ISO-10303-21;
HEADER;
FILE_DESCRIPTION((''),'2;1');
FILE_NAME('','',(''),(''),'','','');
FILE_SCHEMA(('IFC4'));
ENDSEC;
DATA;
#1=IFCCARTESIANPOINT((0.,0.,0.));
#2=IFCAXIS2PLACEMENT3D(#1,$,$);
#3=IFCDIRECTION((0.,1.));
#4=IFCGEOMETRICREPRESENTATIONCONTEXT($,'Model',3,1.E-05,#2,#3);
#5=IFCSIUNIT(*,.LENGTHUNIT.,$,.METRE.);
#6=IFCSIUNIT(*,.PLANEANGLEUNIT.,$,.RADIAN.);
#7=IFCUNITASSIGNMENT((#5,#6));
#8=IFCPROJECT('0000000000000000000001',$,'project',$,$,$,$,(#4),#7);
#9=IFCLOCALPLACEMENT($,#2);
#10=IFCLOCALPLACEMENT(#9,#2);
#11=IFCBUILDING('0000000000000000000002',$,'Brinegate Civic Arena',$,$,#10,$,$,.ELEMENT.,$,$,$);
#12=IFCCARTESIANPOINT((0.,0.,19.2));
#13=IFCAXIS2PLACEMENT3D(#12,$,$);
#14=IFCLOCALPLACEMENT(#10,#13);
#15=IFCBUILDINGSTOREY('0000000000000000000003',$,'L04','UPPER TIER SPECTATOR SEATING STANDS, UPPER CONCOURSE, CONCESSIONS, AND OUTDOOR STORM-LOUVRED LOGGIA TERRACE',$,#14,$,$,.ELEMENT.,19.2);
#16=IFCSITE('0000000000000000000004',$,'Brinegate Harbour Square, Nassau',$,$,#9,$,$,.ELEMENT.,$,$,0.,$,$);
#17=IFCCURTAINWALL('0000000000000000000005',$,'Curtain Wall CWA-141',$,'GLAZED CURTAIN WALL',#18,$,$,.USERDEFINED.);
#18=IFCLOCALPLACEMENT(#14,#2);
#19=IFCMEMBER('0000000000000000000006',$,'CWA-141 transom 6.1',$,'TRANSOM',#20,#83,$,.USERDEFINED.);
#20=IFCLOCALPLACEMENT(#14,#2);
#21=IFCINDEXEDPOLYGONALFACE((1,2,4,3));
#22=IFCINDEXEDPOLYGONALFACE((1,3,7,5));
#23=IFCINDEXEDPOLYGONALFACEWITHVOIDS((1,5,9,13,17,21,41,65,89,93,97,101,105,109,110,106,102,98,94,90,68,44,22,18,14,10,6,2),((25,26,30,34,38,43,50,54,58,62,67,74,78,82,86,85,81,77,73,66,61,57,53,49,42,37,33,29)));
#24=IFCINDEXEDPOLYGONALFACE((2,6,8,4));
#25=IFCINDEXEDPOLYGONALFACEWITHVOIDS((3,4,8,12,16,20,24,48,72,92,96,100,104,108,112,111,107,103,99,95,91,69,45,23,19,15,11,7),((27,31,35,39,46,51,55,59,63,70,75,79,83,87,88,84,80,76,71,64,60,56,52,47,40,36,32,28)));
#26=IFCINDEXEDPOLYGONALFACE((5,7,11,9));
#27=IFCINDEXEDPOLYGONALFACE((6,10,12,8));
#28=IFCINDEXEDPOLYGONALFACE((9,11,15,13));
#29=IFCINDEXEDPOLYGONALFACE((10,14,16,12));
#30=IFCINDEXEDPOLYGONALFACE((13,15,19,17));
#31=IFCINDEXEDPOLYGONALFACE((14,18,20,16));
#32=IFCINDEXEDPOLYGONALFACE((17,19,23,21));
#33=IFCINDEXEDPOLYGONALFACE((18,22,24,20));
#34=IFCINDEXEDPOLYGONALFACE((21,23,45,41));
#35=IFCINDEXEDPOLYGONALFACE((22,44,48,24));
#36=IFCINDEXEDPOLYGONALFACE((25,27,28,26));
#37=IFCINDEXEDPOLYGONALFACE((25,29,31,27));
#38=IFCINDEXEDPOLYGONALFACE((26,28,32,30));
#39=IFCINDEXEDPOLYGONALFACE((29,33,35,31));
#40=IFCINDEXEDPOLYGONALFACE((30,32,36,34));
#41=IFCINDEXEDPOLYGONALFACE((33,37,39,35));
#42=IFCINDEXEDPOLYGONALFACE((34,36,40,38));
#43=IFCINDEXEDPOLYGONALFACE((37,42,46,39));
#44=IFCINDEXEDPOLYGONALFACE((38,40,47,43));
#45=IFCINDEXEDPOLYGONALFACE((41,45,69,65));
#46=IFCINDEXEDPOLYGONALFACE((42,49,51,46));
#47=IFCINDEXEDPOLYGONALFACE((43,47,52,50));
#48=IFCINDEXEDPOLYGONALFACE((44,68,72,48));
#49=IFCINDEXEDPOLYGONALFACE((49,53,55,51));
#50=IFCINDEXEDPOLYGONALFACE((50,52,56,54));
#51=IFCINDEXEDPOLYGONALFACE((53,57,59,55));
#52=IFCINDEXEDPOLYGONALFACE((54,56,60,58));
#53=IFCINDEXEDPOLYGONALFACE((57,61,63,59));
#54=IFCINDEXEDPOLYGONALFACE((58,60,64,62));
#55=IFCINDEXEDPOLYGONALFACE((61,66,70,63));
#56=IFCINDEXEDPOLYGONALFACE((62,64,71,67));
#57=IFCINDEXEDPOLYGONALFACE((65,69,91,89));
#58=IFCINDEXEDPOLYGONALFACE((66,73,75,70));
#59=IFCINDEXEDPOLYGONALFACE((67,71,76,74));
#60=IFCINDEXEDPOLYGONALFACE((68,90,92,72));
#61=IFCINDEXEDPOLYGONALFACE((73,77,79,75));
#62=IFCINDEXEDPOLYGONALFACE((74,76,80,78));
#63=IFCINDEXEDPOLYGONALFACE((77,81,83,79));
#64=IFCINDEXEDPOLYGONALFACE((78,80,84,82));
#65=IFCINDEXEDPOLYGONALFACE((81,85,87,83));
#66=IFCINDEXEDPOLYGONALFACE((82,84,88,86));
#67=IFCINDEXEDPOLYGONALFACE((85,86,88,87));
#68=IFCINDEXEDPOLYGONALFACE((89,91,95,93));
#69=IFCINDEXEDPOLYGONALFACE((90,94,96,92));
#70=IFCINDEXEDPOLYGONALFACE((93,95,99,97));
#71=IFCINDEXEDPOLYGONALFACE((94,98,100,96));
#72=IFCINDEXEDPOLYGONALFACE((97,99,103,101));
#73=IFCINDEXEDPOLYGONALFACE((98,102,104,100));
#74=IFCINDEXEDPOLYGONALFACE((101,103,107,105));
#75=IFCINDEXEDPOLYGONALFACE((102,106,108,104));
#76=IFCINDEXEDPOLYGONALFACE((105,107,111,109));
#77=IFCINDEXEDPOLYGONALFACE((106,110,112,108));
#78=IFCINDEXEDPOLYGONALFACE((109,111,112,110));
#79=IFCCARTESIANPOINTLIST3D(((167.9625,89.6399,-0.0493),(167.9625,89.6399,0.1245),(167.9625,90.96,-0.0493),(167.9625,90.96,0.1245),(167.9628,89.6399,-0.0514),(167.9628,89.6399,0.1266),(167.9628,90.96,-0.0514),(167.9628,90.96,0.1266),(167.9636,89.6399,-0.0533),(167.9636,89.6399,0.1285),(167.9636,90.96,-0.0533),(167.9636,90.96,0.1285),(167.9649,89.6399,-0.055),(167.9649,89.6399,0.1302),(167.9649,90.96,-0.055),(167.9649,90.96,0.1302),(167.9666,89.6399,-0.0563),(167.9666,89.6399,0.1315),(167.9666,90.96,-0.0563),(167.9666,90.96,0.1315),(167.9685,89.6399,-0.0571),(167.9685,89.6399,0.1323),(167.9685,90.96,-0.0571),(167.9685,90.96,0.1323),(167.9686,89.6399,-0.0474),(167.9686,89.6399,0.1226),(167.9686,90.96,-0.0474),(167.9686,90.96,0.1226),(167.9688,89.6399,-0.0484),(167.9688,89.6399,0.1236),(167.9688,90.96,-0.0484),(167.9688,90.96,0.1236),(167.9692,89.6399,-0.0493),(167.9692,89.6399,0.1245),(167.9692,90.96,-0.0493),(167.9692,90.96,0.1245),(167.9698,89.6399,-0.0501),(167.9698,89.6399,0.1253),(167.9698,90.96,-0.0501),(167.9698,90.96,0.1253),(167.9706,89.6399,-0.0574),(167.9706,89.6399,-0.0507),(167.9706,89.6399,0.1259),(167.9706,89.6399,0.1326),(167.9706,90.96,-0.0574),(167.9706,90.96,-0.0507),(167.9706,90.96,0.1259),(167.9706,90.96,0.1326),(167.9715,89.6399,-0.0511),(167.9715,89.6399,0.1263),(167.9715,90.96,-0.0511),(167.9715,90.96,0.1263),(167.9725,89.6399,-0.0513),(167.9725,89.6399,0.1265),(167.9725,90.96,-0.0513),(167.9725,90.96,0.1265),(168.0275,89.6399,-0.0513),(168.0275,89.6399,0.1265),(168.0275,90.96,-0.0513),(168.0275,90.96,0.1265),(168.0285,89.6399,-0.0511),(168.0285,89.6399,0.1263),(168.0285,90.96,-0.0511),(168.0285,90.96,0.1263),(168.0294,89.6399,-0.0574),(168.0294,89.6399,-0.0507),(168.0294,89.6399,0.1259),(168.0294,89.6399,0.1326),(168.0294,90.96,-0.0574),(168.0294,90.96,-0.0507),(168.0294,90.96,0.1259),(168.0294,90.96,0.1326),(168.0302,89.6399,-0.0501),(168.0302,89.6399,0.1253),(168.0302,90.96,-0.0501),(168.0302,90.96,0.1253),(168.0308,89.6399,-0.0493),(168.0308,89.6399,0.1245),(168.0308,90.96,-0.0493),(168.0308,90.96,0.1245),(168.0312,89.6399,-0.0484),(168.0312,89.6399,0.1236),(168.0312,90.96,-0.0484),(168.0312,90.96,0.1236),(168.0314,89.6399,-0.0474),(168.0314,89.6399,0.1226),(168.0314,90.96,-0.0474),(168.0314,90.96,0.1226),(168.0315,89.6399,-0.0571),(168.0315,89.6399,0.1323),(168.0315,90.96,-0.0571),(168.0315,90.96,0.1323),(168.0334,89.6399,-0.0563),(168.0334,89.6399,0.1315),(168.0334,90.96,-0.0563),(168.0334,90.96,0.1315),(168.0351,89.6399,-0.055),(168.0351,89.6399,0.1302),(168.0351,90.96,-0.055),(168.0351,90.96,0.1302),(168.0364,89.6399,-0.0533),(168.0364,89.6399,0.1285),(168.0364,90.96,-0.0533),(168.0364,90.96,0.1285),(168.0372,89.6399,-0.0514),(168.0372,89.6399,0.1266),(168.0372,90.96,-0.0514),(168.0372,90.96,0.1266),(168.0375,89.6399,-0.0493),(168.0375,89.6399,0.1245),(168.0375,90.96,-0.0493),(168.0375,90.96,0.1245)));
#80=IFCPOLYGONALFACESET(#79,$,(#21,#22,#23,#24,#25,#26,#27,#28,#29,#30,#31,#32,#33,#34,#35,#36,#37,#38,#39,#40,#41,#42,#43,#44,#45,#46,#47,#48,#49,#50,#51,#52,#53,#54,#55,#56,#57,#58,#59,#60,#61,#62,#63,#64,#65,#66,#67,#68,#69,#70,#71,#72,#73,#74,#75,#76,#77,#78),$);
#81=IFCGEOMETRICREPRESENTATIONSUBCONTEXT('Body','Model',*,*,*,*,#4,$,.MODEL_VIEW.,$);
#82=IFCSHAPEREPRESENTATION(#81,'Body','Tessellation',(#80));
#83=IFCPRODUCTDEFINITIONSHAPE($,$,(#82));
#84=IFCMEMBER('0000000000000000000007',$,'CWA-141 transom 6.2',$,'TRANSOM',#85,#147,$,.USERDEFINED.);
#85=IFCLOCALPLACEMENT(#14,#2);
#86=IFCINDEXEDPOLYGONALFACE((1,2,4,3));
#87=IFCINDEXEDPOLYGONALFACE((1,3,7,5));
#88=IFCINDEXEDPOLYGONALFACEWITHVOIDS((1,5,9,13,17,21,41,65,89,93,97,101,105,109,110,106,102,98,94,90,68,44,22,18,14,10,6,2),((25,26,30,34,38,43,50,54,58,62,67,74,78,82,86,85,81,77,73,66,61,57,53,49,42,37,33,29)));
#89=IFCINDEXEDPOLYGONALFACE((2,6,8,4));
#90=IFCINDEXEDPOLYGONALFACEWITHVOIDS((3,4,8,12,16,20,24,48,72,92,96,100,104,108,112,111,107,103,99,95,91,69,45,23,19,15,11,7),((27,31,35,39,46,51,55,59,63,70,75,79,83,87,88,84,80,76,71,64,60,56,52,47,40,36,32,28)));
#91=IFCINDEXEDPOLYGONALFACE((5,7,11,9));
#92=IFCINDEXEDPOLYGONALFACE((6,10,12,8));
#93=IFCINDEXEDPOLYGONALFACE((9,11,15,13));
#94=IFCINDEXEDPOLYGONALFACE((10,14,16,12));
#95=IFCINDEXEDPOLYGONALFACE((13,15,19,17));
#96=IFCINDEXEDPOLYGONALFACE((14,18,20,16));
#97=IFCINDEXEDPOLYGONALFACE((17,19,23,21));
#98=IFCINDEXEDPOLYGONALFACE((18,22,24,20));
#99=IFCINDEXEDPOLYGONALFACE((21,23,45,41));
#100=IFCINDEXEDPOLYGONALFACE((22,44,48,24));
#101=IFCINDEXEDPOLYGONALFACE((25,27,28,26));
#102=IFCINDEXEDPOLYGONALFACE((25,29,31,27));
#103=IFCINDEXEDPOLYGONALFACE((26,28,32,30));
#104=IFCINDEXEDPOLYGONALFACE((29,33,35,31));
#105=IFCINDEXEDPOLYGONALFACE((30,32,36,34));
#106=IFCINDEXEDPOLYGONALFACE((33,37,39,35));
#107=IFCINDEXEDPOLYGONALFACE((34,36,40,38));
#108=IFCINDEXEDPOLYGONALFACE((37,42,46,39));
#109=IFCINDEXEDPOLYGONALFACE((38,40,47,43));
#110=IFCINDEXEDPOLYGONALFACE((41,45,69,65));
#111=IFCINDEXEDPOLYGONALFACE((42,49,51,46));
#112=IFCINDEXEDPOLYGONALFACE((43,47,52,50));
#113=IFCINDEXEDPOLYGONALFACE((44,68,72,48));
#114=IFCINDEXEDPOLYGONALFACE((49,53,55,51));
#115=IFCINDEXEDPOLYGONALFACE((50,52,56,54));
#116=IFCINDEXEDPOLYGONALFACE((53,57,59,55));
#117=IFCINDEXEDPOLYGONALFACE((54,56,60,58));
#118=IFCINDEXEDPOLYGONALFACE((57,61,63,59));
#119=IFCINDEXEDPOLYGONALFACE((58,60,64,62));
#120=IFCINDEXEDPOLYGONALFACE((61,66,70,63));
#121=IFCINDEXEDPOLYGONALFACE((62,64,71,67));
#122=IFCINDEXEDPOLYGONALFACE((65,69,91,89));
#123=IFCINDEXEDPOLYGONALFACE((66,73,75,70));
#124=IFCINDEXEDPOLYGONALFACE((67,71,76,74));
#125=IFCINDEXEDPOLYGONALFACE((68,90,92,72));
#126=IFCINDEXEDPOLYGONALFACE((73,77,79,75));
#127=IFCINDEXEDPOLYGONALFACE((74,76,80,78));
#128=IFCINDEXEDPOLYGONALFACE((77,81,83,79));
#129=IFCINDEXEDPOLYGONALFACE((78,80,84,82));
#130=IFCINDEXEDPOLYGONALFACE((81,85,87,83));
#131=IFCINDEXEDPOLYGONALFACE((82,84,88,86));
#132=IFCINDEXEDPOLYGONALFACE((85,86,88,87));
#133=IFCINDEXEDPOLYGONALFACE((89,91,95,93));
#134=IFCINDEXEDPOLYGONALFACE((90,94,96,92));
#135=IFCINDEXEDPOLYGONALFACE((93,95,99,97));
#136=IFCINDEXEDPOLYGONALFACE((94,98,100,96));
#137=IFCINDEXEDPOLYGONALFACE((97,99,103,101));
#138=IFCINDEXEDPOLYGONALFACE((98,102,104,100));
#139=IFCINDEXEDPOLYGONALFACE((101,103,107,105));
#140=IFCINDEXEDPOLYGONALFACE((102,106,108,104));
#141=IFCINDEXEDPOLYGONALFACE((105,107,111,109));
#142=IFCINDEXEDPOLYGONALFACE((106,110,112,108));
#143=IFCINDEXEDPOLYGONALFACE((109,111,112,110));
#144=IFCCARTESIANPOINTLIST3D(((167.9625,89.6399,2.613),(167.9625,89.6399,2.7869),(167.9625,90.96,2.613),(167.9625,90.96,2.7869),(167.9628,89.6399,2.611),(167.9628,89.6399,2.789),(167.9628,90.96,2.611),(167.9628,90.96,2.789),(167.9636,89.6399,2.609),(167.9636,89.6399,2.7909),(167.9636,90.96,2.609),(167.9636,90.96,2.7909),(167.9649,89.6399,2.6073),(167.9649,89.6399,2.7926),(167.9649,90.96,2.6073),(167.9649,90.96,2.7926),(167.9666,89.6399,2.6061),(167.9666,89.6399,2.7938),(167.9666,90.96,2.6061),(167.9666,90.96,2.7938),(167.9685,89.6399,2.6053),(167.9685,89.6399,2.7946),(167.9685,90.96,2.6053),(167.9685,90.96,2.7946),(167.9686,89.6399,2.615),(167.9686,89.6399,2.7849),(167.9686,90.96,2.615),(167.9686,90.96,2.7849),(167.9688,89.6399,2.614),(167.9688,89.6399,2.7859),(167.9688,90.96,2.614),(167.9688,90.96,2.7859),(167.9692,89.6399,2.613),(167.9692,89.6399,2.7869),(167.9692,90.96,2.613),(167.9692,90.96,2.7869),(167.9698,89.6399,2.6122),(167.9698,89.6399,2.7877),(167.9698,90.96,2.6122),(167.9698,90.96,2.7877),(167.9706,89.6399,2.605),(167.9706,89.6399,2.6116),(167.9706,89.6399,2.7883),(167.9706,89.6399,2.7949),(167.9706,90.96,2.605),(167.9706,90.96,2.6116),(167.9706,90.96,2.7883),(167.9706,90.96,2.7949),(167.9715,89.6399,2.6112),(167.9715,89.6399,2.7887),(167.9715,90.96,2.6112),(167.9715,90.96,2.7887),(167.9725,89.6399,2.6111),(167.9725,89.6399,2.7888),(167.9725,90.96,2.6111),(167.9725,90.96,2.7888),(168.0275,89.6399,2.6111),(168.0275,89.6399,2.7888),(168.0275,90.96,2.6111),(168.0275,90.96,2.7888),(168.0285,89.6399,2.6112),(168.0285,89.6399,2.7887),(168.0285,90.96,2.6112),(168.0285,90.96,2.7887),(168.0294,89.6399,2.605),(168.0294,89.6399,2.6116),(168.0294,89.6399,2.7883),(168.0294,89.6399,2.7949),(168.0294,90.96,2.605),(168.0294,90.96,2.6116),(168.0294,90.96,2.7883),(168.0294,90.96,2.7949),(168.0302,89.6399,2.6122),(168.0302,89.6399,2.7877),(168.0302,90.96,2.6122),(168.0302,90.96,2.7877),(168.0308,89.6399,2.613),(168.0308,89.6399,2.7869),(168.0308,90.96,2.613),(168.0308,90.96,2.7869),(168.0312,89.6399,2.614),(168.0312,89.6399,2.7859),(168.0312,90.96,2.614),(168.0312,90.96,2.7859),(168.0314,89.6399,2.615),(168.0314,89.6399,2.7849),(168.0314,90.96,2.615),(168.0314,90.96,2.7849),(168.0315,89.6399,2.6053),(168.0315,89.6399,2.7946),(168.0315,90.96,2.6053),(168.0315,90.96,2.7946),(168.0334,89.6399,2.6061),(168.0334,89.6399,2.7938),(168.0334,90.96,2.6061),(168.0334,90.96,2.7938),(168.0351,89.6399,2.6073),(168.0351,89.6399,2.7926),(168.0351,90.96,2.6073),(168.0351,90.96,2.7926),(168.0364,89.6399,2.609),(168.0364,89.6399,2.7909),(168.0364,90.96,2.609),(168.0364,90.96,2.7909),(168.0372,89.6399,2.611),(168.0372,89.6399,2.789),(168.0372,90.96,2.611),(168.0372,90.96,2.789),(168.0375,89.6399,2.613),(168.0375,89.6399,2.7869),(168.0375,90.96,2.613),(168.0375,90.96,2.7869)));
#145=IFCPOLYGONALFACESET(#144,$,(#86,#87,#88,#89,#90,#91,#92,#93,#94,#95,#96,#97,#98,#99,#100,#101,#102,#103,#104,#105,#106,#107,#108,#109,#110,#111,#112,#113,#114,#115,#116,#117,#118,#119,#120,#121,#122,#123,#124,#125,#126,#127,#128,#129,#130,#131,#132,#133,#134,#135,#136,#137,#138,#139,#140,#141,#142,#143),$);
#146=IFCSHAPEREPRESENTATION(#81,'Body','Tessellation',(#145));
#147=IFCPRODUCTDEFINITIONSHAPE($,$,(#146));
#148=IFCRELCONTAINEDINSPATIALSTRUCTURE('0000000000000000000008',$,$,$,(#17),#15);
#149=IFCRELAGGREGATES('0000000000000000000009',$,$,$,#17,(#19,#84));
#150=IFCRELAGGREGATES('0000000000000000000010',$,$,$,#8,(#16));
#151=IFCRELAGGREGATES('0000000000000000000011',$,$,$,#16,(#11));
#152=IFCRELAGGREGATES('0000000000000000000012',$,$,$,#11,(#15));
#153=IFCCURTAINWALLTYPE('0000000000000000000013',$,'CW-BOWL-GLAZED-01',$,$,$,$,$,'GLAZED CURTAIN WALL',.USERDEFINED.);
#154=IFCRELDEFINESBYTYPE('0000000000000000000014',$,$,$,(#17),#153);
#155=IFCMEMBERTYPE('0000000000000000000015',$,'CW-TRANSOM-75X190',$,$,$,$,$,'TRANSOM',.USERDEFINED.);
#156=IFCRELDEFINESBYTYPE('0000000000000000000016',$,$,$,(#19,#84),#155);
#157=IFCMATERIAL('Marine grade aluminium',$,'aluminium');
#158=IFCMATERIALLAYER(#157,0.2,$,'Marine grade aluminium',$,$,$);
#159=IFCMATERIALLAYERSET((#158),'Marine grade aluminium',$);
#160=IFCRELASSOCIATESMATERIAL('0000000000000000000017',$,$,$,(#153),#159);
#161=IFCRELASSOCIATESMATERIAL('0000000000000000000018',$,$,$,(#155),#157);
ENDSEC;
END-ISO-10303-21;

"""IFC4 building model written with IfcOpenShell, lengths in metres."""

from ifc_helpers import new_model, si_unit, direction, frame, origin, origin_2d, place, context, subcontext, project, spatial, hollow_rectangle, extrude, material, layer, layer_set, material_profile, profile_set, type_object, element, aggregate, save


model = new_model("IFC4")

# Units and contexts
model_context = context("Model", 3, precision=1e-05, world=origin(), true_north=direction((0.0, 1.0)))
body_context = subcontext(model_context, "Body", "Model", "MODEL_VIEW")
ifc_project = project(units=[si_unit("LENGTHUNIT", "METRE"), si_unit("PLANEANGLEUNIT", "RADIAN")], contexts=[model_context])

# Site, building, storey
site_placement = place(None, origin())
site = spatial("IfcSite", under=ifc_project, at=site_placement, Name="Brinegate Harbour Square, Nassau", CompositionType="ELEMENT", RefElevation=0.0)
building_placement = place(site_placement, origin())
building = spatial("IfcBuilding", under=site, at=building_placement, Name="Brinegate Civic Arena", CompositionType="ELEMENT")
storey_placement = place(building_placement, frame((0.0, 0.0, 19.2)))
storey = spatial("IfcBuildingStorey", under=building, at=storey_placement, Name="L04", Description="UPPER TIER SPECTATOR SEATING STANDS, UPPER CONCOURSE, CONCESSIONS, AND OUTDOOR STORM-LOUVRED LOGGIA TERRACE", CompositionType="ELEMENT", Elevation=19.2)

# Curtain wall, members
ifc_material_1 = material(Name="Marine grade aluminium", Category="aluminium")
ifc_layer_1 = layer(ifc_material_1, 0.2, Name="Marine grade aluminium")
ifc_layer_set_1 = layer_set([ifc_layer_1], Name="Marine grade aluminium")
curtain_wall_type = type_object("IfcCurtainWallType", Name="CW-BOWL-GLAZED-01", ElementType="GLAZED CURTAIN WALL", PredefinedType="USERDEFINED", material=ifc_layer_set_1)
curtain_wall_placement = place(storey_placement, origin())
curtain_wall = element("IfcCurtainWall", 1, at=curtain_wall_placement, inside=storey, type_object=curtain_wall_type, Name="Curtain Wall CWA-141", ObjectType="GLAZED CURTAIN WALL", PredefinedType="USERDEFINED")
ifc_material_profile_1 = material_profile(ifc_material_1, hollow_rectangle(XDim=0.075, YDim=0.1899, WallThickness=0.0061, InnerFilletRadius=0.0039, OuterFilletRadius=0.0081, at=origin_2d()), Name="TRN75X190")
ifc_profile_set_1 = profile_set([ifc_material_profile_1], Name="Marine grade aluminium")
member_type_1 = type_object("IfcMemberType", Name="CW-TRANSOM-75X190", ElementType="TRANSOM", PredefinedType="USERDEFINED", material=ifc_profile_set_1)
member_1_placement = place(storey_placement, frame((168.0, 89.6399, 0.0376), z_axis=(0.0, 1.0, 0.0), x_axis=(-1.0, 0.0, 0.0)))
member_1 = element("IfcMember", 2, at=member_1_placement, type_object=member_type_1, Name="CWA-141 transom 6.1", ObjectType="TRANSOM", PredefinedType="USERDEFINED", context=body_context, shape_type="SweptSolid", body=[
    extrude(hollow_rectangle(XDim=0.075, YDim=0.1899, WallThickness=0.0061, InnerFilletRadius=0.0039, OuterFilletRadius=0.0081, at=origin_2d()), origin(), (0.0, 0.0, 1.0), 1.3201),
])
member_2_placement = place(storey_placement, frame((168.0, 89.6399, 2.7), z_axis=(0.0, 1.0, 0.0), x_axis=(-1.0, 0.0, 0.0)))
member_2 = element("IfcMember", 3, at=member_2_placement, type_object=member_type_1, Name="CWA-141 transom 6.2", ObjectType="TRANSOM", PredefinedType="USERDEFINED", context=body_context, shape_type="SweptSolid", body=[
    extrude(hollow_rectangle(XDim=0.075, YDim=0.1899, WallThickness=0.0061, InnerFilletRadius=0.0039, OuterFilletRadius=0.0081, at=origin_2d()), origin(), (0.0, 0.0, 1.0), 1.3201),
])

aggregate(curtain_wall, [member_1, member_2])

save(model, "model.ifc")
